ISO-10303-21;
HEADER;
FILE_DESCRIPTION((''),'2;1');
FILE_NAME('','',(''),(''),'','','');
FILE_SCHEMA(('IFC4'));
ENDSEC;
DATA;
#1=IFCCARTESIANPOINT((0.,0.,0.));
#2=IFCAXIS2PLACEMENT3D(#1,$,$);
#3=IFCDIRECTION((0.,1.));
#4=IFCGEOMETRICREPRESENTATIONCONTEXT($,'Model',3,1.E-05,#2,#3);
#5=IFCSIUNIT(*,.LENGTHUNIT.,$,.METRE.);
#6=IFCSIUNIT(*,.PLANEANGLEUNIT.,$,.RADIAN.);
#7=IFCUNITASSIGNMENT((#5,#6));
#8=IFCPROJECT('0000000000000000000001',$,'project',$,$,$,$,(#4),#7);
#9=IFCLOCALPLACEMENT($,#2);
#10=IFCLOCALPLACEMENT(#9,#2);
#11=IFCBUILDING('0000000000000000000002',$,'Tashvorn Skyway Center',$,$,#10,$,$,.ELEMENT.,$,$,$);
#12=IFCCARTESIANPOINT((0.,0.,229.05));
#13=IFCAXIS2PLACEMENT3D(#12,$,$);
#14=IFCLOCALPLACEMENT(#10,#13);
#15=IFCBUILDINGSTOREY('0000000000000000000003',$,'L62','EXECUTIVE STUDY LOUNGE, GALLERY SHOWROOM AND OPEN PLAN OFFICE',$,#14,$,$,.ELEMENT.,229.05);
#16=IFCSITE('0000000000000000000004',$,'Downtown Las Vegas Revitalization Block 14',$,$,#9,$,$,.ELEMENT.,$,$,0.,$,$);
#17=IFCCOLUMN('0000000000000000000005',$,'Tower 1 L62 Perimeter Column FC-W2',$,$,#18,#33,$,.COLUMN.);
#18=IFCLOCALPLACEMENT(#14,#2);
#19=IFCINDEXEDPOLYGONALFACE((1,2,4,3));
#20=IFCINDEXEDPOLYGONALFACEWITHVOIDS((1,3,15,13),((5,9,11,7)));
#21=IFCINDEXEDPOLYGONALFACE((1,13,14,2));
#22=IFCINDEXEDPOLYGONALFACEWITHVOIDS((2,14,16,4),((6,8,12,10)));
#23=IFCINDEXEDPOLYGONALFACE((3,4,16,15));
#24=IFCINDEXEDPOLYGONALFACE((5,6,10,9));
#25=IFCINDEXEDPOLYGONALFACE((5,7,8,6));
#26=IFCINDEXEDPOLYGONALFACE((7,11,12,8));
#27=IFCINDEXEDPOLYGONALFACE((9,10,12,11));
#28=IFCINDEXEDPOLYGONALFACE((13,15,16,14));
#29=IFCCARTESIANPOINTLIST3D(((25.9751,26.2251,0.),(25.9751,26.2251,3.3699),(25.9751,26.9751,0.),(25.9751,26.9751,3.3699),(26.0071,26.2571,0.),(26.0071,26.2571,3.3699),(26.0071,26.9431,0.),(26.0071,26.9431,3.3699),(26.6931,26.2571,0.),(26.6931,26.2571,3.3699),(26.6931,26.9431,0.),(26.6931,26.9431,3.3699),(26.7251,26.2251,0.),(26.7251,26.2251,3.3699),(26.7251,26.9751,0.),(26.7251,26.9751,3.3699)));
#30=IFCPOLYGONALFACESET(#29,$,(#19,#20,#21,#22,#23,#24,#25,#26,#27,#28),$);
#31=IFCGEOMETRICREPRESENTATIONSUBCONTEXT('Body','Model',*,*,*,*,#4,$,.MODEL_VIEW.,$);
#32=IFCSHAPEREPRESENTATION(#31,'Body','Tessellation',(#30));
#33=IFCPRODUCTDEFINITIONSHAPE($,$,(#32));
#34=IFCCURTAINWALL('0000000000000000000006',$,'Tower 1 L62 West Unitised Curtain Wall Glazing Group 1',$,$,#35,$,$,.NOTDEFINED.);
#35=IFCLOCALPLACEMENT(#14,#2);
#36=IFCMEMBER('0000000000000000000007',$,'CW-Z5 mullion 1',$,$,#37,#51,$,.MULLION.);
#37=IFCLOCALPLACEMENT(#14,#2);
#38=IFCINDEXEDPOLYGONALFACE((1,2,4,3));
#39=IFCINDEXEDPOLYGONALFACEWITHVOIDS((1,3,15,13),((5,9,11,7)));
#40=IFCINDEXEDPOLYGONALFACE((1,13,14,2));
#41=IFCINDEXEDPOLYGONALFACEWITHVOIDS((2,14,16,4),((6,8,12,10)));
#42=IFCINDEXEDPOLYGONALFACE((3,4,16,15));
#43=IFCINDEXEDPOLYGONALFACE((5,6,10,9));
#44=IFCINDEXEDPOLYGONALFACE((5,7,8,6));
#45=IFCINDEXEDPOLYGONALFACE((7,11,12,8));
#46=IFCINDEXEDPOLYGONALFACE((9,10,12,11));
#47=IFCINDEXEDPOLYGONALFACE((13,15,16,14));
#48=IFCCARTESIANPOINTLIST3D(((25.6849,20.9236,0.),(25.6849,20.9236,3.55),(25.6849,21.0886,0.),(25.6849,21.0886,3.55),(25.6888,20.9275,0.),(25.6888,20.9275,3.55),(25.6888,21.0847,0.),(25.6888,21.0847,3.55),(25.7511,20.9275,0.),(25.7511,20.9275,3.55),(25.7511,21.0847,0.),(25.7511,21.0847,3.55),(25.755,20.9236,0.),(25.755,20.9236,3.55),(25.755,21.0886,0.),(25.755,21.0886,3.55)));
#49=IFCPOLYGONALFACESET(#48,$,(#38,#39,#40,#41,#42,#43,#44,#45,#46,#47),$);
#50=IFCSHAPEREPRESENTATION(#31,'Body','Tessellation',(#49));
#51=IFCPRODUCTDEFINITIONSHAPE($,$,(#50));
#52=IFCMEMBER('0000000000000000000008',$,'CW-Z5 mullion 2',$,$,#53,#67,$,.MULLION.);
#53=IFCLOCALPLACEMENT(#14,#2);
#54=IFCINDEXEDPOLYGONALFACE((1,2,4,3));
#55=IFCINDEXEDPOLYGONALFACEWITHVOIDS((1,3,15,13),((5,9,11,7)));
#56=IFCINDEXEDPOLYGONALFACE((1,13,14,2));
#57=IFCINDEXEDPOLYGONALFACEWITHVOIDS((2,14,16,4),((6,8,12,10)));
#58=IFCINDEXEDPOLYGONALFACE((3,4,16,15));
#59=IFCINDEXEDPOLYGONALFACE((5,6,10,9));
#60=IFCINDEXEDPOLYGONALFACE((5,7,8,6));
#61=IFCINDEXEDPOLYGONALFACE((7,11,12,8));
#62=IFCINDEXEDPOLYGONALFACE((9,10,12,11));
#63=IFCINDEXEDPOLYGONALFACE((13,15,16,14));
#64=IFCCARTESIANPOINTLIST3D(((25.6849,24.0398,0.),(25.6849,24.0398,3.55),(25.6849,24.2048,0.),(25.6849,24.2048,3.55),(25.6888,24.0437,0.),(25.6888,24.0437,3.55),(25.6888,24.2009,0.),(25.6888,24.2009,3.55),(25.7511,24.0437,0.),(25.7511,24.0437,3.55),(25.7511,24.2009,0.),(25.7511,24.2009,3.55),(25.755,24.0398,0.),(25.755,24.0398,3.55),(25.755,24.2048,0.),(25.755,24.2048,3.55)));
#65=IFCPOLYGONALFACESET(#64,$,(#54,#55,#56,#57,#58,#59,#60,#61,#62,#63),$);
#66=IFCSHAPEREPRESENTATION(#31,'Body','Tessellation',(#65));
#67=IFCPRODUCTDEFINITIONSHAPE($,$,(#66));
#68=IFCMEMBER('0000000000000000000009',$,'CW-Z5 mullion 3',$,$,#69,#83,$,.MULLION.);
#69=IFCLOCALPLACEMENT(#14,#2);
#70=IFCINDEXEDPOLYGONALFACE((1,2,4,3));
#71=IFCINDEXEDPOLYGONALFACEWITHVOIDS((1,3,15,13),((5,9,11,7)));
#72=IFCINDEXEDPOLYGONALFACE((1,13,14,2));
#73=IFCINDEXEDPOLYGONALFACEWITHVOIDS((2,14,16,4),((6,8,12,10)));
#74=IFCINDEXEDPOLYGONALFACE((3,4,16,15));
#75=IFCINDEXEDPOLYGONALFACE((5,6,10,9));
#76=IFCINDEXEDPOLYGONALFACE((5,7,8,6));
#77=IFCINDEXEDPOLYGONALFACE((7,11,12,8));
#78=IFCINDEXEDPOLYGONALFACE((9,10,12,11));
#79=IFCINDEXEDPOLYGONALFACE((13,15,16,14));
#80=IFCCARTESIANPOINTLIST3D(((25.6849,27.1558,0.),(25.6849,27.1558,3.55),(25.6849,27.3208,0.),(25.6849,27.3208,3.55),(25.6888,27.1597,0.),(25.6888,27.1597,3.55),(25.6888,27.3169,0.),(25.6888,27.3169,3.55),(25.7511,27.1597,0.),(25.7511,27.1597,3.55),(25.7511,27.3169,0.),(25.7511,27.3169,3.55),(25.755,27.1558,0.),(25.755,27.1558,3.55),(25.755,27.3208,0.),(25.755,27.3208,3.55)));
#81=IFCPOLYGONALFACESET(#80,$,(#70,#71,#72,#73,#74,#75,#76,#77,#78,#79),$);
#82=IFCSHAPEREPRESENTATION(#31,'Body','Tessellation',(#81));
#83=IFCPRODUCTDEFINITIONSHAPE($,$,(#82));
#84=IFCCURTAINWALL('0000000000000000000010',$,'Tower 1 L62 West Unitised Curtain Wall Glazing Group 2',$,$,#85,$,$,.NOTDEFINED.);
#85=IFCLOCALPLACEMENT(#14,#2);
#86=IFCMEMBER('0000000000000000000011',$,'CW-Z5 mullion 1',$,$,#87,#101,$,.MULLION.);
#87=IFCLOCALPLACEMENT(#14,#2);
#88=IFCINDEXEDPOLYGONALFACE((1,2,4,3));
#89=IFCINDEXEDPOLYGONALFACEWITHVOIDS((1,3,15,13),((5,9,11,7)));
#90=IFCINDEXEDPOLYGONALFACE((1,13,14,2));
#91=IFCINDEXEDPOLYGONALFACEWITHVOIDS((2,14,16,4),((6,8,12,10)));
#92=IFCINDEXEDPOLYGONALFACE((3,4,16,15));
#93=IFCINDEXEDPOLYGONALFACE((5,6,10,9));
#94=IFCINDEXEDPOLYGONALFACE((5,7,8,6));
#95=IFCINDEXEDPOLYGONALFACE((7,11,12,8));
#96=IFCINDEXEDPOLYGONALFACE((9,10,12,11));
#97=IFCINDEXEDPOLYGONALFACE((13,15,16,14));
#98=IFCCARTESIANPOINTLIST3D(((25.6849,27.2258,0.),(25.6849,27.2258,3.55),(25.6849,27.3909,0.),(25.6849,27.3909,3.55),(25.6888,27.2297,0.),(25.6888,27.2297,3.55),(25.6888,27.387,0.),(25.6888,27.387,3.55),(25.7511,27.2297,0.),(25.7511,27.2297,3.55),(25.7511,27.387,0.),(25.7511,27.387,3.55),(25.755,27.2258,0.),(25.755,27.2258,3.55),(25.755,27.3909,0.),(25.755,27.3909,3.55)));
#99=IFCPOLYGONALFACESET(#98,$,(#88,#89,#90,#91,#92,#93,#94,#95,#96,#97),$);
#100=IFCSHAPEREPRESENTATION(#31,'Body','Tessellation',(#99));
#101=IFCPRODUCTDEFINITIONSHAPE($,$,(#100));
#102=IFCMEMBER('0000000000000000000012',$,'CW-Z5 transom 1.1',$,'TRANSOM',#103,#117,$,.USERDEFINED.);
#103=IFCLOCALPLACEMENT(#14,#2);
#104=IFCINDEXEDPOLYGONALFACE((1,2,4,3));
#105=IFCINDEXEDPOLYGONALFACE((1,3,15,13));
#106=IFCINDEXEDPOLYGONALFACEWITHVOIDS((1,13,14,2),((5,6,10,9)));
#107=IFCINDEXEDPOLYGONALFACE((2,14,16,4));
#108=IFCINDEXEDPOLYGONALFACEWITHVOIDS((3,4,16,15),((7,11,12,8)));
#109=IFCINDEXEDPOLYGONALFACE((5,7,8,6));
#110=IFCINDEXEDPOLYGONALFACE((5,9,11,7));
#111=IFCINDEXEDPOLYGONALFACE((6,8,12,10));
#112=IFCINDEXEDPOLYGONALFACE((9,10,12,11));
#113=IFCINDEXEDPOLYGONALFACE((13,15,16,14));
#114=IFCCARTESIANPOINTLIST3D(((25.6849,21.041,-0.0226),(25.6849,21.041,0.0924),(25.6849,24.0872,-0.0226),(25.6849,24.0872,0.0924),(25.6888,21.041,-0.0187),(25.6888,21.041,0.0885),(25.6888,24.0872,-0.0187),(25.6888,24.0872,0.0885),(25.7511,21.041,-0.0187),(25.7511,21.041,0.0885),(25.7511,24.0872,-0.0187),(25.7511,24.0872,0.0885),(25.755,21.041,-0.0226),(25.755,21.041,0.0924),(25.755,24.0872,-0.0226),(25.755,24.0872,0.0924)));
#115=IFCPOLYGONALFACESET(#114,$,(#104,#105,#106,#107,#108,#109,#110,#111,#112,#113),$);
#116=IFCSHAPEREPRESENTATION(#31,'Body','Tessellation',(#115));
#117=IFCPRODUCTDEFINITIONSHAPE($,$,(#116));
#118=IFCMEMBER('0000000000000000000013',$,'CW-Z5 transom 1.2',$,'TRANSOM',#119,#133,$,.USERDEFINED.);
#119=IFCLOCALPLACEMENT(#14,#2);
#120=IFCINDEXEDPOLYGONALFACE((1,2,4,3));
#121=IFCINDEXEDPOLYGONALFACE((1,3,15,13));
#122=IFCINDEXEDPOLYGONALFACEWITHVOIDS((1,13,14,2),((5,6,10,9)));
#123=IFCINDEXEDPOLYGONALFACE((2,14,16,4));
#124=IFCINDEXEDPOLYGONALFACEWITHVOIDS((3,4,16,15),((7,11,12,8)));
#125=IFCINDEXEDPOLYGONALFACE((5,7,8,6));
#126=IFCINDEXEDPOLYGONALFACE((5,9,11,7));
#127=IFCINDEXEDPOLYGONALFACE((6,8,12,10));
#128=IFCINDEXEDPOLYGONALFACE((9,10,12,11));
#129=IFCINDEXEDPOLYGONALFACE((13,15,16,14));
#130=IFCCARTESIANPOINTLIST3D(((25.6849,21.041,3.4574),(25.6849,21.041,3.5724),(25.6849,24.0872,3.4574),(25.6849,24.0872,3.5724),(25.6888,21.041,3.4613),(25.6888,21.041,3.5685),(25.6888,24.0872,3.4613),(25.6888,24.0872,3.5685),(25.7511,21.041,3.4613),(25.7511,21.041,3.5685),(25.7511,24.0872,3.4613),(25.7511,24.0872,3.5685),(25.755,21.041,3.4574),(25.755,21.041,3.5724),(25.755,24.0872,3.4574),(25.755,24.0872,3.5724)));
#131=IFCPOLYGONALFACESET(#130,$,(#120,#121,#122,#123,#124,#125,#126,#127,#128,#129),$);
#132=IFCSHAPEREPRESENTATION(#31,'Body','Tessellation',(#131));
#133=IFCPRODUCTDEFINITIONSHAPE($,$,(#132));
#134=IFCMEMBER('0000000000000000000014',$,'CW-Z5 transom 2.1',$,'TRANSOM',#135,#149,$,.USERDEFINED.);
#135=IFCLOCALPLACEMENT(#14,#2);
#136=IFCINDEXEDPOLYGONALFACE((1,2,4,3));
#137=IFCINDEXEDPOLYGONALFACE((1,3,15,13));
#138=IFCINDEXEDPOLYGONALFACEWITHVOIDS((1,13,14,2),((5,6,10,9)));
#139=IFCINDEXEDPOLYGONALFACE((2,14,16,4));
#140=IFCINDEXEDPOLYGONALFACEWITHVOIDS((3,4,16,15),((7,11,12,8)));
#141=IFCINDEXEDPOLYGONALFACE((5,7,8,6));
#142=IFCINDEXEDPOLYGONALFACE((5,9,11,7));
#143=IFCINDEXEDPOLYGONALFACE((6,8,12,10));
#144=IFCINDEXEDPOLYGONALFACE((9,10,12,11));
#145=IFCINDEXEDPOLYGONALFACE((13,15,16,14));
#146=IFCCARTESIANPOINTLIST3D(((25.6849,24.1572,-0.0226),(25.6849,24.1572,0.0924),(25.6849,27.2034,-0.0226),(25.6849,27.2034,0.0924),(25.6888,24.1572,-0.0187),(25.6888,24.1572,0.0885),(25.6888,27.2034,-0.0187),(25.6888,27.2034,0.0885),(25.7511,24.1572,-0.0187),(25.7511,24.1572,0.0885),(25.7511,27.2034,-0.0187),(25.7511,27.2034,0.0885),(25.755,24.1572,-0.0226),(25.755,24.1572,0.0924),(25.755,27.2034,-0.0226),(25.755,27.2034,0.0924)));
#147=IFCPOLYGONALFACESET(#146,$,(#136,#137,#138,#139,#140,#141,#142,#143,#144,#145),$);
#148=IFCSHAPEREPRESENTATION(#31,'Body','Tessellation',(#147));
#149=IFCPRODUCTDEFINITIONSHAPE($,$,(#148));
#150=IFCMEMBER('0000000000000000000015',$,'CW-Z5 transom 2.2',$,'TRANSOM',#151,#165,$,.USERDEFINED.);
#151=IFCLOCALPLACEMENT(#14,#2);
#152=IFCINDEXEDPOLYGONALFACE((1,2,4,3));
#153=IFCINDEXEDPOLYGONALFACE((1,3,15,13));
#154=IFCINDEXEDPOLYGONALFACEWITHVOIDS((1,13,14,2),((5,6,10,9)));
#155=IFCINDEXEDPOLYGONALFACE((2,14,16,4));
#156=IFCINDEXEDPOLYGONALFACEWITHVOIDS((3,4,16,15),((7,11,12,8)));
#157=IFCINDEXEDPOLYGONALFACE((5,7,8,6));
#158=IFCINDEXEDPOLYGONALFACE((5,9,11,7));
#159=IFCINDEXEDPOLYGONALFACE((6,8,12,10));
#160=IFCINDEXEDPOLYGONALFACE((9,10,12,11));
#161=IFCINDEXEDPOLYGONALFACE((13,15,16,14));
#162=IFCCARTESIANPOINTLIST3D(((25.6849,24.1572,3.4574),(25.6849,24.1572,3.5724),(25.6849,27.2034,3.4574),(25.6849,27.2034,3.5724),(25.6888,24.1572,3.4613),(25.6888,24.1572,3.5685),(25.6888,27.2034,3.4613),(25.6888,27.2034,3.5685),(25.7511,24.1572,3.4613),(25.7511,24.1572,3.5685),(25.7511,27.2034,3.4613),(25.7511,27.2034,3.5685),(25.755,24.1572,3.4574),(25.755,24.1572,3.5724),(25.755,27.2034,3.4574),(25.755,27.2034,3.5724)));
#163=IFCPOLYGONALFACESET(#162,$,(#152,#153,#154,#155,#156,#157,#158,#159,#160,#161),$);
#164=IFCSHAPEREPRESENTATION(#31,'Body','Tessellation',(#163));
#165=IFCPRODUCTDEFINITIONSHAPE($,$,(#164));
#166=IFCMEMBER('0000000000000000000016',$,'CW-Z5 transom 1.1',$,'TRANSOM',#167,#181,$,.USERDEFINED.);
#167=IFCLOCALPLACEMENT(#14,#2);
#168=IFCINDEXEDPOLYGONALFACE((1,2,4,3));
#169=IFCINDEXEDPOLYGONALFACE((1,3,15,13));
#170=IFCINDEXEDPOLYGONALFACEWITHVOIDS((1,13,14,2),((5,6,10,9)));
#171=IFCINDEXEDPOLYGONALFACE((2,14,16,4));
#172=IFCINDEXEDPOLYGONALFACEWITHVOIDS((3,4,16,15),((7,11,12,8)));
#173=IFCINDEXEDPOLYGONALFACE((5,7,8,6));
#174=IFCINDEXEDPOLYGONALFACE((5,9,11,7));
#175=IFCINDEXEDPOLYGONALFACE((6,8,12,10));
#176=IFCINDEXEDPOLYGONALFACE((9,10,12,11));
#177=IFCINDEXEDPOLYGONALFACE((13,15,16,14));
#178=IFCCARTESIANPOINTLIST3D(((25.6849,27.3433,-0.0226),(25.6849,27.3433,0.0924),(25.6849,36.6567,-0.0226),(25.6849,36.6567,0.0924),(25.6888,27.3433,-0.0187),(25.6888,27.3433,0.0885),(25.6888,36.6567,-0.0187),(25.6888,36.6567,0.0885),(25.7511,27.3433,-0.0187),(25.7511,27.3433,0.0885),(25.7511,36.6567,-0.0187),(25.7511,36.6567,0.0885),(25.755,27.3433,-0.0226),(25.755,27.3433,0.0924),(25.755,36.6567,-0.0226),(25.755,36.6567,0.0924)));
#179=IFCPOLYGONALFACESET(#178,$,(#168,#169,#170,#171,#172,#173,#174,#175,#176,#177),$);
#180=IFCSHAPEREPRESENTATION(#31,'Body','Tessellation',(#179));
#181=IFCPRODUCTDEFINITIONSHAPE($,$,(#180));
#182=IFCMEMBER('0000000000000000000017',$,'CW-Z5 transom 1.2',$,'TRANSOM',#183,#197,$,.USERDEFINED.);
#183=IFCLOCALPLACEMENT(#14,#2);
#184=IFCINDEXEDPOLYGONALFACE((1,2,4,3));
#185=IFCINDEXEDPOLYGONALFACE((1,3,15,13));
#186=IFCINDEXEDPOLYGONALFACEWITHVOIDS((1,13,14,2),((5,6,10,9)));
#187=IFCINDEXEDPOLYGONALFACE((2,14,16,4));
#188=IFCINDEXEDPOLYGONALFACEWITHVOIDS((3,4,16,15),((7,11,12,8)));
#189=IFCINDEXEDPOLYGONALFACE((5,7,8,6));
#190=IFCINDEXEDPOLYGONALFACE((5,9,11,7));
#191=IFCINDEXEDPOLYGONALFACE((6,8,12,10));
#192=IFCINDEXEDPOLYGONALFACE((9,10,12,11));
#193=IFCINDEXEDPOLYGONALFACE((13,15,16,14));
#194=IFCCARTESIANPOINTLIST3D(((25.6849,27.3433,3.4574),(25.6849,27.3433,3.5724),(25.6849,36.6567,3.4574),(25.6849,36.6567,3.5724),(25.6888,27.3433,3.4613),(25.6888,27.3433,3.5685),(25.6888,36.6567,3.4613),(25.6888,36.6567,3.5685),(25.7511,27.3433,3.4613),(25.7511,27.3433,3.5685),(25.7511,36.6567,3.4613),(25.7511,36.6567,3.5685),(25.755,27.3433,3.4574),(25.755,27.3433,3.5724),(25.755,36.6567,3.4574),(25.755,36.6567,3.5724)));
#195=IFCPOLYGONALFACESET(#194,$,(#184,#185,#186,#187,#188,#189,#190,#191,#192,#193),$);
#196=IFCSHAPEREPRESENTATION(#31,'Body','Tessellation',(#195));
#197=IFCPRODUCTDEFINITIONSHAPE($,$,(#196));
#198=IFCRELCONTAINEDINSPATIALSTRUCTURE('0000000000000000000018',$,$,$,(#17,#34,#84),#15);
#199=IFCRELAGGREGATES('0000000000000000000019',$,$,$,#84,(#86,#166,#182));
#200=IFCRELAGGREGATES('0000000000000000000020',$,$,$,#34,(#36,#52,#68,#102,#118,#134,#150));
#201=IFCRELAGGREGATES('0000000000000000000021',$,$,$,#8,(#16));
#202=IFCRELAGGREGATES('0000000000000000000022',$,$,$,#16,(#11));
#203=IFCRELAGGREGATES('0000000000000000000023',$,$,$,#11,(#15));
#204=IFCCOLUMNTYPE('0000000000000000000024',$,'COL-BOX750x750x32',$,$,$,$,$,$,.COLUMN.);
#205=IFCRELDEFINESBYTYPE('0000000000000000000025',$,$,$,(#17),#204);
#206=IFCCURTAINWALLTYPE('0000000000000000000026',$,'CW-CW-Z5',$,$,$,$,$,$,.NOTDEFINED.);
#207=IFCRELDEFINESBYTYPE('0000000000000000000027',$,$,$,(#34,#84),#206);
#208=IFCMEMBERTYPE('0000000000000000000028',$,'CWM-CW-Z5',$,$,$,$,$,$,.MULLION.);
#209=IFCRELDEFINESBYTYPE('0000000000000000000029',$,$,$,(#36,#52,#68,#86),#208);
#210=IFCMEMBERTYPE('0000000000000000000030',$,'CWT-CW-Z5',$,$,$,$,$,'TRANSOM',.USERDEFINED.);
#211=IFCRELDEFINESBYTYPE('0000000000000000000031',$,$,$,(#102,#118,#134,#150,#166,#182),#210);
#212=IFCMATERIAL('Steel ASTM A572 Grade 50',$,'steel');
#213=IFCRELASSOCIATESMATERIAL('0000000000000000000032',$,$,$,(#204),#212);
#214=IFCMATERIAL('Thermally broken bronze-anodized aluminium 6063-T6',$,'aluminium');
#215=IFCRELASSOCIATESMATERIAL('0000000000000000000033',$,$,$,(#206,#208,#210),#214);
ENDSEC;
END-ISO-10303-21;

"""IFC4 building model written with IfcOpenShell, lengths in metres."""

from ifc_helpers import new_model, si_unit, direction, frame, origin, origin_2d, place, context, subcontext, project, spatial, hollow_rectangle, extrude, material, material_profile, profile_set, type_object, element, aggregate, save


model = new_model("IFC4")

# Units and contexts
model_context = context("Model", 3, precision=1e-05, world=origin(), true_north=direction((0.0, 1.0)))
body_context = subcontext(model_context, "Body", "Model", "MODEL_VIEW")
ifc_project = project(units=[si_unit("LENGTHUNIT", "METRE"), si_unit("PLANEANGLEUNIT", "RADIAN")], contexts=[model_context])

# Site, building, storey
site_placement = place(None, origin())
site = spatial("IfcSite", under=ifc_project, at=site_placement, Name="Downtown Las Vegas Revitalization Block 14", CompositionType="ELEMENT", RefElevation=0.0)
building_placement = place(site_placement, origin())
building = spatial("IfcBuilding", under=site, at=building_placement, Name="Tashvorn Skyway Center", CompositionType="ELEMENT")
storey_placement = place(building_placement, frame((0.0, 0.0, 229.05)))
storey = spatial("IfcBuildingStorey", under=building, at=storey_placement, Name="L62", Description="EXECUTIVE STUDY LOUNGE, GALLERY SHOWROOM AND OPEN PLAN OFFICE", CompositionType="ELEMENT", Elevation=229.05)

# Column
ifc_material_1 = material(Name="Steel ASTM A572 Grade 50", Category="steel")
ifc_material_profile_1 = material_profile(ifc_material_1, hollow_rectangle(XDim=0.75, YDim=0.75, WallThickness=0.032, at=origin_2d()), Name="BOX750x750x32")
ifc_profile_set_1 = profile_set([ifc_material_profile_1], Name="Steel ASTM A572 Grade 50")
column_type = type_object("IfcColumnType", Name="COL-BOX750x750x32", PredefinedType="COLUMN", material=ifc_profile_set_1)
column_placement = place(storey_placement, frame((26.3501, 26.6001, 0.0), z_axis=(0.0, 0.0, 1.0), x_axis=(1.0, 0.0, 0.0)))
element("IfcColumn", 1, at=column_placement, inside=storey, type_object=column_type, Name="Tower 1 L62 Perimeter Column FC-W2", PredefinedType="COLUMN", context=body_context, shape_type="SweptSolid", body=[
    extrude(hollow_rectangle(XDim=0.75, YDim=0.75, WallThickness=0.032, at=origin_2d()), origin(), (0.0, 0.0, 1.0), 3.3699),
])

# Curtain wall, members
ifc_material_2 = material(Name="Thermally broken bronze-anodized aluminium 6063-T6", Category="aluminium")
curtain_wall_type = type_object("IfcCurtainWallType", Name="CW-CW-Z5", PredefinedType="NOTDEFINED", material=ifc_material_2)
curtain_wall_1_placement = place(storey_placement, origin())
curtain_wall_1 = element("IfcCurtainWall", 2, at=curtain_wall_1_placement, inside=storey, type_object=curtain_wall_type, Name="Tower 1 L62 West Unitised Curtain Wall Glazing Group 1", PredefinedType="NOTDEFINED")
ifc_material_profile_2 = material_profile(ifc_material_2, hollow_rectangle(XDim=0.0701, YDim=0.165, WallThickness=0.0039, at=origin_2d()), Name="ALU-MULL-70x165")
ifc_profile_set_2 = profile_set([ifc_material_profile_2], Name="Thermally broken bronze-anodized aluminium 6063-T6")
member_type_1 = type_object("IfcMemberType", Name="CWM-CW-Z5", PredefinedType="MULLION", material=ifc_profile_set_2)
member_1_placement = place(storey_placement, frame((25.72, 21.0061, 0.0), z_axis=(0.0, 0.0, 1.0), x_axis=(-1.0, 0.0, 0.0)))
member_1 = element("IfcMember", 3, at=member_1_placement, type_object=member_type_1, Name="CW-Z5 mullion 1", PredefinedType="MULLION", context=body_context, shape_type="SweptSolid", body=[
    extrude(hollow_rectangle(XDim=0.0701, YDim=0.165, WallThickness=0.0039, at=origin_2d()), origin(), (0.0, 0.0, 1.0), 3.55),
])
member_2_placement = place(storey_placement, frame((25.72, 24.1223, 0.0), z_axis=(0.0, 0.0, 1.0), x_axis=(-1.0, 0.0, 0.0)))
member_2 = element("IfcMember", 4, at=member_2_placement, type_object=member_type_1, Name="CW-Z5 mullion 2", PredefinedType="MULLION", context=body_context, shape_type="SweptSolid", body=[
    extrude(hollow_rectangle(XDim=0.0701, YDim=0.165, WallThickness=0.0039, at=origin_2d()), origin(), (0.0, 0.0, 1.0), 3.55),
])
member_3_placement = place(storey_placement, frame((25.72, 27.2383, 0.0), z_axis=(0.0, 0.0, 1.0), x_axis=(-1.0, 0.0, 0.0)))
member_3 = element("IfcMember", 5, at=member_3_placement, type_object=member_type_1, Name="CW-Z5 mullion 3", PredefinedType="MULLION", context=body_context, shape_type="SweptSolid", body=[
    extrude(hollow_rectangle(XDim=0.0701, YDim=0.165, WallThickness=0.0039, at=origin_2d()), origin(), (0.0, 0.0, 1.0), 3.55),
])

# Curtain wall, member
curtain_wall_2_placement = place(storey_placement, origin())
curtain_wall_2 = element("IfcCurtainWall", 6, at=curtain_wall_2_placement, inside=storey, type_object=curtain_wall_type, Name="Tower 1 L62 West Unitised Curtain Wall Glazing Group 2", PredefinedType="NOTDEFINED")
member_4_placement = place(storey_placement, frame((25.72, 27.3083, 0.0), z_axis=(0.0, 0.0, 1.0), x_axis=(-1.0, 0.0, 0.0)))
member_4 = element("IfcMember", 7, at=member_4_placement, type_object=member_type_1, Name="CW-Z5 mullion 1", PredefinedType="MULLION", context=body_context, shape_type="SweptSolid", body=[
    extrude(hollow_rectangle(XDim=0.0701, YDim=0.165, WallThickness=0.0039, at=origin_2d()), origin(), (0.0, 0.0, 1.0), 3.55),
])

# Members
ifc_material_profile_3 = material_profile(ifc_material_2, hollow_rectangle(XDim=0.0701, YDim=0.115, WallThickness=0.0039, at=origin_2d()), Name="ALU-TRAN-70x115")
ifc_profile_set_3 = profile_set([ifc_material_profile_3], Name="Thermally broken bronze-anodized aluminium 6063-T6")
member_type_2 = type_object("IfcMemberType", Name="CWT-CW-Z5", ElementType="TRANSOM", PredefinedType="USERDEFINED", material=ifc_profile_set_3)
member_5_placement = place(storey_placement, frame((25.72, 21.041, 0.0349), z_axis=(0.0, 1.0, 0.0), x_axis=(-1.0, 0.0, 0.0)))
member_5 = element("IfcMember", 8, at=member_5_placement, type_object=member_type_2, Name="CW-Z5 transom 1.1", ObjectType="TRANSOM", PredefinedType="USERDEFINED", context=body_context, shape_type="SweptSolid", body=[
    extrude(hollow_rectangle(XDim=0.0701, YDim=0.115, WallThickness=0.0039, at=origin_2d()), origin(), (0.0, 0.0, 1.0), 3.0461),
])
member_6_placement = place(storey_placement, frame((25.72, 21.041, 3.5149), z_axis=(0.0, 1.0, 0.0), x_axis=(-1.0, 0.0, 0.0)))
member_6 = element("IfcMember", 9, at=member_6_placement, type_object=member_type_2, Name="CW-Z5 transom 1.2", ObjectType="TRANSOM", PredefinedType="USERDEFINED", context=body_context, shape_type="SweptSolid", body=[
    extrude(hollow_rectangle(XDim=0.0701, YDim=0.115, WallThickness=0.0039, at=origin_2d()), origin(), (0.0, 0.0, 1.0), 3.0461),
])
member_7_placement = place(storey_placement, frame((25.72, 24.1572, 0.0349), z_axis=(0.0, 1.0, 0.0), x_axis=(-1.0, 0.0, 0.0)))
member_7 = element("IfcMember", 10, at=member_7_placement, type_object=member_type_2, Name="CW-Z5 transom 2.1", ObjectType="TRANSOM", PredefinedType="USERDEFINED", context=body_context, shape_type="SweptSolid", body=[
    extrude(hollow_rectangle(XDim=0.0701, YDim=0.115, WallThickness=0.0039, at=origin_2d()), origin(), (0.0, 0.0, 1.0), 3.0461),
])
member_8_placement = place(storey_placement, frame((25.72, 24.1572, 3.5149), z_axis=(0.0, 1.0, 0.0), x_axis=(-1.0, 0.0, 0.0)))
member_8 = element("IfcMember", 11, at=member_8_placement, type_object=member_type_2, Name="CW-Z5 transom 2.2", ObjectType="TRANSOM", PredefinedType="USERDEFINED", context=body_context, shape_type="SweptSolid", body=[
    extrude(hollow_rectangle(XDim=0.0701, YDim=0.115, WallThickness=0.0039, at=origin_2d()), origin(), (0.0, 0.0, 1.0), 3.0461),
])
member_9_placement = place(storey_placement, frame((25.72, 27.3433, 0.0349), z_axis=(0.0, 1.0, 0.0), x_axis=(-1.0, 0.0, 0.0)))
member_9 = element("IfcMember", 12, at=member_9_placement, type_object=member_type_2, Name="CW-Z5 transom 1.1", ObjectType="TRANSOM", PredefinedType="USERDEFINED", context=body_context, shape_type="SweptSolid", body=[
    extrude(hollow_rectangle(XDim=0.0701, YDim=0.115, WallThickness=0.0039, at=origin_2d()), origin(), (0.0, 0.0, 1.0), 9.3135),
])
member_10_placement = place(storey_placement, frame((25.72, 27.3433, 3.5149), z_axis=(0.0, 1.0, 0.0), x_axis=(-1.0, 0.0, 0.0)))
member_10 = element("IfcMember", 13, at=member_10_placement, type_object=member_type_2, Name="CW-Z5 transom 1.2", ObjectType="TRANSOM", PredefinedType="USERDEFINED", context=body_context, shape_type="SweptSolid", body=[
    extrude(hollow_rectangle(XDim=0.0701, YDim=0.115, WallThickness=0.0039, at=origin_2d()), origin(), (0.0, 0.0, 1.0), 9.3135),
])
aggregate(curtain_wall_2, [member_4, member_9, member_10])

aggregate(curtain_wall_1, [member_1, member_2, member_3, member_5, member_6, member_7, member_8])

save(model, "model.ifc")
